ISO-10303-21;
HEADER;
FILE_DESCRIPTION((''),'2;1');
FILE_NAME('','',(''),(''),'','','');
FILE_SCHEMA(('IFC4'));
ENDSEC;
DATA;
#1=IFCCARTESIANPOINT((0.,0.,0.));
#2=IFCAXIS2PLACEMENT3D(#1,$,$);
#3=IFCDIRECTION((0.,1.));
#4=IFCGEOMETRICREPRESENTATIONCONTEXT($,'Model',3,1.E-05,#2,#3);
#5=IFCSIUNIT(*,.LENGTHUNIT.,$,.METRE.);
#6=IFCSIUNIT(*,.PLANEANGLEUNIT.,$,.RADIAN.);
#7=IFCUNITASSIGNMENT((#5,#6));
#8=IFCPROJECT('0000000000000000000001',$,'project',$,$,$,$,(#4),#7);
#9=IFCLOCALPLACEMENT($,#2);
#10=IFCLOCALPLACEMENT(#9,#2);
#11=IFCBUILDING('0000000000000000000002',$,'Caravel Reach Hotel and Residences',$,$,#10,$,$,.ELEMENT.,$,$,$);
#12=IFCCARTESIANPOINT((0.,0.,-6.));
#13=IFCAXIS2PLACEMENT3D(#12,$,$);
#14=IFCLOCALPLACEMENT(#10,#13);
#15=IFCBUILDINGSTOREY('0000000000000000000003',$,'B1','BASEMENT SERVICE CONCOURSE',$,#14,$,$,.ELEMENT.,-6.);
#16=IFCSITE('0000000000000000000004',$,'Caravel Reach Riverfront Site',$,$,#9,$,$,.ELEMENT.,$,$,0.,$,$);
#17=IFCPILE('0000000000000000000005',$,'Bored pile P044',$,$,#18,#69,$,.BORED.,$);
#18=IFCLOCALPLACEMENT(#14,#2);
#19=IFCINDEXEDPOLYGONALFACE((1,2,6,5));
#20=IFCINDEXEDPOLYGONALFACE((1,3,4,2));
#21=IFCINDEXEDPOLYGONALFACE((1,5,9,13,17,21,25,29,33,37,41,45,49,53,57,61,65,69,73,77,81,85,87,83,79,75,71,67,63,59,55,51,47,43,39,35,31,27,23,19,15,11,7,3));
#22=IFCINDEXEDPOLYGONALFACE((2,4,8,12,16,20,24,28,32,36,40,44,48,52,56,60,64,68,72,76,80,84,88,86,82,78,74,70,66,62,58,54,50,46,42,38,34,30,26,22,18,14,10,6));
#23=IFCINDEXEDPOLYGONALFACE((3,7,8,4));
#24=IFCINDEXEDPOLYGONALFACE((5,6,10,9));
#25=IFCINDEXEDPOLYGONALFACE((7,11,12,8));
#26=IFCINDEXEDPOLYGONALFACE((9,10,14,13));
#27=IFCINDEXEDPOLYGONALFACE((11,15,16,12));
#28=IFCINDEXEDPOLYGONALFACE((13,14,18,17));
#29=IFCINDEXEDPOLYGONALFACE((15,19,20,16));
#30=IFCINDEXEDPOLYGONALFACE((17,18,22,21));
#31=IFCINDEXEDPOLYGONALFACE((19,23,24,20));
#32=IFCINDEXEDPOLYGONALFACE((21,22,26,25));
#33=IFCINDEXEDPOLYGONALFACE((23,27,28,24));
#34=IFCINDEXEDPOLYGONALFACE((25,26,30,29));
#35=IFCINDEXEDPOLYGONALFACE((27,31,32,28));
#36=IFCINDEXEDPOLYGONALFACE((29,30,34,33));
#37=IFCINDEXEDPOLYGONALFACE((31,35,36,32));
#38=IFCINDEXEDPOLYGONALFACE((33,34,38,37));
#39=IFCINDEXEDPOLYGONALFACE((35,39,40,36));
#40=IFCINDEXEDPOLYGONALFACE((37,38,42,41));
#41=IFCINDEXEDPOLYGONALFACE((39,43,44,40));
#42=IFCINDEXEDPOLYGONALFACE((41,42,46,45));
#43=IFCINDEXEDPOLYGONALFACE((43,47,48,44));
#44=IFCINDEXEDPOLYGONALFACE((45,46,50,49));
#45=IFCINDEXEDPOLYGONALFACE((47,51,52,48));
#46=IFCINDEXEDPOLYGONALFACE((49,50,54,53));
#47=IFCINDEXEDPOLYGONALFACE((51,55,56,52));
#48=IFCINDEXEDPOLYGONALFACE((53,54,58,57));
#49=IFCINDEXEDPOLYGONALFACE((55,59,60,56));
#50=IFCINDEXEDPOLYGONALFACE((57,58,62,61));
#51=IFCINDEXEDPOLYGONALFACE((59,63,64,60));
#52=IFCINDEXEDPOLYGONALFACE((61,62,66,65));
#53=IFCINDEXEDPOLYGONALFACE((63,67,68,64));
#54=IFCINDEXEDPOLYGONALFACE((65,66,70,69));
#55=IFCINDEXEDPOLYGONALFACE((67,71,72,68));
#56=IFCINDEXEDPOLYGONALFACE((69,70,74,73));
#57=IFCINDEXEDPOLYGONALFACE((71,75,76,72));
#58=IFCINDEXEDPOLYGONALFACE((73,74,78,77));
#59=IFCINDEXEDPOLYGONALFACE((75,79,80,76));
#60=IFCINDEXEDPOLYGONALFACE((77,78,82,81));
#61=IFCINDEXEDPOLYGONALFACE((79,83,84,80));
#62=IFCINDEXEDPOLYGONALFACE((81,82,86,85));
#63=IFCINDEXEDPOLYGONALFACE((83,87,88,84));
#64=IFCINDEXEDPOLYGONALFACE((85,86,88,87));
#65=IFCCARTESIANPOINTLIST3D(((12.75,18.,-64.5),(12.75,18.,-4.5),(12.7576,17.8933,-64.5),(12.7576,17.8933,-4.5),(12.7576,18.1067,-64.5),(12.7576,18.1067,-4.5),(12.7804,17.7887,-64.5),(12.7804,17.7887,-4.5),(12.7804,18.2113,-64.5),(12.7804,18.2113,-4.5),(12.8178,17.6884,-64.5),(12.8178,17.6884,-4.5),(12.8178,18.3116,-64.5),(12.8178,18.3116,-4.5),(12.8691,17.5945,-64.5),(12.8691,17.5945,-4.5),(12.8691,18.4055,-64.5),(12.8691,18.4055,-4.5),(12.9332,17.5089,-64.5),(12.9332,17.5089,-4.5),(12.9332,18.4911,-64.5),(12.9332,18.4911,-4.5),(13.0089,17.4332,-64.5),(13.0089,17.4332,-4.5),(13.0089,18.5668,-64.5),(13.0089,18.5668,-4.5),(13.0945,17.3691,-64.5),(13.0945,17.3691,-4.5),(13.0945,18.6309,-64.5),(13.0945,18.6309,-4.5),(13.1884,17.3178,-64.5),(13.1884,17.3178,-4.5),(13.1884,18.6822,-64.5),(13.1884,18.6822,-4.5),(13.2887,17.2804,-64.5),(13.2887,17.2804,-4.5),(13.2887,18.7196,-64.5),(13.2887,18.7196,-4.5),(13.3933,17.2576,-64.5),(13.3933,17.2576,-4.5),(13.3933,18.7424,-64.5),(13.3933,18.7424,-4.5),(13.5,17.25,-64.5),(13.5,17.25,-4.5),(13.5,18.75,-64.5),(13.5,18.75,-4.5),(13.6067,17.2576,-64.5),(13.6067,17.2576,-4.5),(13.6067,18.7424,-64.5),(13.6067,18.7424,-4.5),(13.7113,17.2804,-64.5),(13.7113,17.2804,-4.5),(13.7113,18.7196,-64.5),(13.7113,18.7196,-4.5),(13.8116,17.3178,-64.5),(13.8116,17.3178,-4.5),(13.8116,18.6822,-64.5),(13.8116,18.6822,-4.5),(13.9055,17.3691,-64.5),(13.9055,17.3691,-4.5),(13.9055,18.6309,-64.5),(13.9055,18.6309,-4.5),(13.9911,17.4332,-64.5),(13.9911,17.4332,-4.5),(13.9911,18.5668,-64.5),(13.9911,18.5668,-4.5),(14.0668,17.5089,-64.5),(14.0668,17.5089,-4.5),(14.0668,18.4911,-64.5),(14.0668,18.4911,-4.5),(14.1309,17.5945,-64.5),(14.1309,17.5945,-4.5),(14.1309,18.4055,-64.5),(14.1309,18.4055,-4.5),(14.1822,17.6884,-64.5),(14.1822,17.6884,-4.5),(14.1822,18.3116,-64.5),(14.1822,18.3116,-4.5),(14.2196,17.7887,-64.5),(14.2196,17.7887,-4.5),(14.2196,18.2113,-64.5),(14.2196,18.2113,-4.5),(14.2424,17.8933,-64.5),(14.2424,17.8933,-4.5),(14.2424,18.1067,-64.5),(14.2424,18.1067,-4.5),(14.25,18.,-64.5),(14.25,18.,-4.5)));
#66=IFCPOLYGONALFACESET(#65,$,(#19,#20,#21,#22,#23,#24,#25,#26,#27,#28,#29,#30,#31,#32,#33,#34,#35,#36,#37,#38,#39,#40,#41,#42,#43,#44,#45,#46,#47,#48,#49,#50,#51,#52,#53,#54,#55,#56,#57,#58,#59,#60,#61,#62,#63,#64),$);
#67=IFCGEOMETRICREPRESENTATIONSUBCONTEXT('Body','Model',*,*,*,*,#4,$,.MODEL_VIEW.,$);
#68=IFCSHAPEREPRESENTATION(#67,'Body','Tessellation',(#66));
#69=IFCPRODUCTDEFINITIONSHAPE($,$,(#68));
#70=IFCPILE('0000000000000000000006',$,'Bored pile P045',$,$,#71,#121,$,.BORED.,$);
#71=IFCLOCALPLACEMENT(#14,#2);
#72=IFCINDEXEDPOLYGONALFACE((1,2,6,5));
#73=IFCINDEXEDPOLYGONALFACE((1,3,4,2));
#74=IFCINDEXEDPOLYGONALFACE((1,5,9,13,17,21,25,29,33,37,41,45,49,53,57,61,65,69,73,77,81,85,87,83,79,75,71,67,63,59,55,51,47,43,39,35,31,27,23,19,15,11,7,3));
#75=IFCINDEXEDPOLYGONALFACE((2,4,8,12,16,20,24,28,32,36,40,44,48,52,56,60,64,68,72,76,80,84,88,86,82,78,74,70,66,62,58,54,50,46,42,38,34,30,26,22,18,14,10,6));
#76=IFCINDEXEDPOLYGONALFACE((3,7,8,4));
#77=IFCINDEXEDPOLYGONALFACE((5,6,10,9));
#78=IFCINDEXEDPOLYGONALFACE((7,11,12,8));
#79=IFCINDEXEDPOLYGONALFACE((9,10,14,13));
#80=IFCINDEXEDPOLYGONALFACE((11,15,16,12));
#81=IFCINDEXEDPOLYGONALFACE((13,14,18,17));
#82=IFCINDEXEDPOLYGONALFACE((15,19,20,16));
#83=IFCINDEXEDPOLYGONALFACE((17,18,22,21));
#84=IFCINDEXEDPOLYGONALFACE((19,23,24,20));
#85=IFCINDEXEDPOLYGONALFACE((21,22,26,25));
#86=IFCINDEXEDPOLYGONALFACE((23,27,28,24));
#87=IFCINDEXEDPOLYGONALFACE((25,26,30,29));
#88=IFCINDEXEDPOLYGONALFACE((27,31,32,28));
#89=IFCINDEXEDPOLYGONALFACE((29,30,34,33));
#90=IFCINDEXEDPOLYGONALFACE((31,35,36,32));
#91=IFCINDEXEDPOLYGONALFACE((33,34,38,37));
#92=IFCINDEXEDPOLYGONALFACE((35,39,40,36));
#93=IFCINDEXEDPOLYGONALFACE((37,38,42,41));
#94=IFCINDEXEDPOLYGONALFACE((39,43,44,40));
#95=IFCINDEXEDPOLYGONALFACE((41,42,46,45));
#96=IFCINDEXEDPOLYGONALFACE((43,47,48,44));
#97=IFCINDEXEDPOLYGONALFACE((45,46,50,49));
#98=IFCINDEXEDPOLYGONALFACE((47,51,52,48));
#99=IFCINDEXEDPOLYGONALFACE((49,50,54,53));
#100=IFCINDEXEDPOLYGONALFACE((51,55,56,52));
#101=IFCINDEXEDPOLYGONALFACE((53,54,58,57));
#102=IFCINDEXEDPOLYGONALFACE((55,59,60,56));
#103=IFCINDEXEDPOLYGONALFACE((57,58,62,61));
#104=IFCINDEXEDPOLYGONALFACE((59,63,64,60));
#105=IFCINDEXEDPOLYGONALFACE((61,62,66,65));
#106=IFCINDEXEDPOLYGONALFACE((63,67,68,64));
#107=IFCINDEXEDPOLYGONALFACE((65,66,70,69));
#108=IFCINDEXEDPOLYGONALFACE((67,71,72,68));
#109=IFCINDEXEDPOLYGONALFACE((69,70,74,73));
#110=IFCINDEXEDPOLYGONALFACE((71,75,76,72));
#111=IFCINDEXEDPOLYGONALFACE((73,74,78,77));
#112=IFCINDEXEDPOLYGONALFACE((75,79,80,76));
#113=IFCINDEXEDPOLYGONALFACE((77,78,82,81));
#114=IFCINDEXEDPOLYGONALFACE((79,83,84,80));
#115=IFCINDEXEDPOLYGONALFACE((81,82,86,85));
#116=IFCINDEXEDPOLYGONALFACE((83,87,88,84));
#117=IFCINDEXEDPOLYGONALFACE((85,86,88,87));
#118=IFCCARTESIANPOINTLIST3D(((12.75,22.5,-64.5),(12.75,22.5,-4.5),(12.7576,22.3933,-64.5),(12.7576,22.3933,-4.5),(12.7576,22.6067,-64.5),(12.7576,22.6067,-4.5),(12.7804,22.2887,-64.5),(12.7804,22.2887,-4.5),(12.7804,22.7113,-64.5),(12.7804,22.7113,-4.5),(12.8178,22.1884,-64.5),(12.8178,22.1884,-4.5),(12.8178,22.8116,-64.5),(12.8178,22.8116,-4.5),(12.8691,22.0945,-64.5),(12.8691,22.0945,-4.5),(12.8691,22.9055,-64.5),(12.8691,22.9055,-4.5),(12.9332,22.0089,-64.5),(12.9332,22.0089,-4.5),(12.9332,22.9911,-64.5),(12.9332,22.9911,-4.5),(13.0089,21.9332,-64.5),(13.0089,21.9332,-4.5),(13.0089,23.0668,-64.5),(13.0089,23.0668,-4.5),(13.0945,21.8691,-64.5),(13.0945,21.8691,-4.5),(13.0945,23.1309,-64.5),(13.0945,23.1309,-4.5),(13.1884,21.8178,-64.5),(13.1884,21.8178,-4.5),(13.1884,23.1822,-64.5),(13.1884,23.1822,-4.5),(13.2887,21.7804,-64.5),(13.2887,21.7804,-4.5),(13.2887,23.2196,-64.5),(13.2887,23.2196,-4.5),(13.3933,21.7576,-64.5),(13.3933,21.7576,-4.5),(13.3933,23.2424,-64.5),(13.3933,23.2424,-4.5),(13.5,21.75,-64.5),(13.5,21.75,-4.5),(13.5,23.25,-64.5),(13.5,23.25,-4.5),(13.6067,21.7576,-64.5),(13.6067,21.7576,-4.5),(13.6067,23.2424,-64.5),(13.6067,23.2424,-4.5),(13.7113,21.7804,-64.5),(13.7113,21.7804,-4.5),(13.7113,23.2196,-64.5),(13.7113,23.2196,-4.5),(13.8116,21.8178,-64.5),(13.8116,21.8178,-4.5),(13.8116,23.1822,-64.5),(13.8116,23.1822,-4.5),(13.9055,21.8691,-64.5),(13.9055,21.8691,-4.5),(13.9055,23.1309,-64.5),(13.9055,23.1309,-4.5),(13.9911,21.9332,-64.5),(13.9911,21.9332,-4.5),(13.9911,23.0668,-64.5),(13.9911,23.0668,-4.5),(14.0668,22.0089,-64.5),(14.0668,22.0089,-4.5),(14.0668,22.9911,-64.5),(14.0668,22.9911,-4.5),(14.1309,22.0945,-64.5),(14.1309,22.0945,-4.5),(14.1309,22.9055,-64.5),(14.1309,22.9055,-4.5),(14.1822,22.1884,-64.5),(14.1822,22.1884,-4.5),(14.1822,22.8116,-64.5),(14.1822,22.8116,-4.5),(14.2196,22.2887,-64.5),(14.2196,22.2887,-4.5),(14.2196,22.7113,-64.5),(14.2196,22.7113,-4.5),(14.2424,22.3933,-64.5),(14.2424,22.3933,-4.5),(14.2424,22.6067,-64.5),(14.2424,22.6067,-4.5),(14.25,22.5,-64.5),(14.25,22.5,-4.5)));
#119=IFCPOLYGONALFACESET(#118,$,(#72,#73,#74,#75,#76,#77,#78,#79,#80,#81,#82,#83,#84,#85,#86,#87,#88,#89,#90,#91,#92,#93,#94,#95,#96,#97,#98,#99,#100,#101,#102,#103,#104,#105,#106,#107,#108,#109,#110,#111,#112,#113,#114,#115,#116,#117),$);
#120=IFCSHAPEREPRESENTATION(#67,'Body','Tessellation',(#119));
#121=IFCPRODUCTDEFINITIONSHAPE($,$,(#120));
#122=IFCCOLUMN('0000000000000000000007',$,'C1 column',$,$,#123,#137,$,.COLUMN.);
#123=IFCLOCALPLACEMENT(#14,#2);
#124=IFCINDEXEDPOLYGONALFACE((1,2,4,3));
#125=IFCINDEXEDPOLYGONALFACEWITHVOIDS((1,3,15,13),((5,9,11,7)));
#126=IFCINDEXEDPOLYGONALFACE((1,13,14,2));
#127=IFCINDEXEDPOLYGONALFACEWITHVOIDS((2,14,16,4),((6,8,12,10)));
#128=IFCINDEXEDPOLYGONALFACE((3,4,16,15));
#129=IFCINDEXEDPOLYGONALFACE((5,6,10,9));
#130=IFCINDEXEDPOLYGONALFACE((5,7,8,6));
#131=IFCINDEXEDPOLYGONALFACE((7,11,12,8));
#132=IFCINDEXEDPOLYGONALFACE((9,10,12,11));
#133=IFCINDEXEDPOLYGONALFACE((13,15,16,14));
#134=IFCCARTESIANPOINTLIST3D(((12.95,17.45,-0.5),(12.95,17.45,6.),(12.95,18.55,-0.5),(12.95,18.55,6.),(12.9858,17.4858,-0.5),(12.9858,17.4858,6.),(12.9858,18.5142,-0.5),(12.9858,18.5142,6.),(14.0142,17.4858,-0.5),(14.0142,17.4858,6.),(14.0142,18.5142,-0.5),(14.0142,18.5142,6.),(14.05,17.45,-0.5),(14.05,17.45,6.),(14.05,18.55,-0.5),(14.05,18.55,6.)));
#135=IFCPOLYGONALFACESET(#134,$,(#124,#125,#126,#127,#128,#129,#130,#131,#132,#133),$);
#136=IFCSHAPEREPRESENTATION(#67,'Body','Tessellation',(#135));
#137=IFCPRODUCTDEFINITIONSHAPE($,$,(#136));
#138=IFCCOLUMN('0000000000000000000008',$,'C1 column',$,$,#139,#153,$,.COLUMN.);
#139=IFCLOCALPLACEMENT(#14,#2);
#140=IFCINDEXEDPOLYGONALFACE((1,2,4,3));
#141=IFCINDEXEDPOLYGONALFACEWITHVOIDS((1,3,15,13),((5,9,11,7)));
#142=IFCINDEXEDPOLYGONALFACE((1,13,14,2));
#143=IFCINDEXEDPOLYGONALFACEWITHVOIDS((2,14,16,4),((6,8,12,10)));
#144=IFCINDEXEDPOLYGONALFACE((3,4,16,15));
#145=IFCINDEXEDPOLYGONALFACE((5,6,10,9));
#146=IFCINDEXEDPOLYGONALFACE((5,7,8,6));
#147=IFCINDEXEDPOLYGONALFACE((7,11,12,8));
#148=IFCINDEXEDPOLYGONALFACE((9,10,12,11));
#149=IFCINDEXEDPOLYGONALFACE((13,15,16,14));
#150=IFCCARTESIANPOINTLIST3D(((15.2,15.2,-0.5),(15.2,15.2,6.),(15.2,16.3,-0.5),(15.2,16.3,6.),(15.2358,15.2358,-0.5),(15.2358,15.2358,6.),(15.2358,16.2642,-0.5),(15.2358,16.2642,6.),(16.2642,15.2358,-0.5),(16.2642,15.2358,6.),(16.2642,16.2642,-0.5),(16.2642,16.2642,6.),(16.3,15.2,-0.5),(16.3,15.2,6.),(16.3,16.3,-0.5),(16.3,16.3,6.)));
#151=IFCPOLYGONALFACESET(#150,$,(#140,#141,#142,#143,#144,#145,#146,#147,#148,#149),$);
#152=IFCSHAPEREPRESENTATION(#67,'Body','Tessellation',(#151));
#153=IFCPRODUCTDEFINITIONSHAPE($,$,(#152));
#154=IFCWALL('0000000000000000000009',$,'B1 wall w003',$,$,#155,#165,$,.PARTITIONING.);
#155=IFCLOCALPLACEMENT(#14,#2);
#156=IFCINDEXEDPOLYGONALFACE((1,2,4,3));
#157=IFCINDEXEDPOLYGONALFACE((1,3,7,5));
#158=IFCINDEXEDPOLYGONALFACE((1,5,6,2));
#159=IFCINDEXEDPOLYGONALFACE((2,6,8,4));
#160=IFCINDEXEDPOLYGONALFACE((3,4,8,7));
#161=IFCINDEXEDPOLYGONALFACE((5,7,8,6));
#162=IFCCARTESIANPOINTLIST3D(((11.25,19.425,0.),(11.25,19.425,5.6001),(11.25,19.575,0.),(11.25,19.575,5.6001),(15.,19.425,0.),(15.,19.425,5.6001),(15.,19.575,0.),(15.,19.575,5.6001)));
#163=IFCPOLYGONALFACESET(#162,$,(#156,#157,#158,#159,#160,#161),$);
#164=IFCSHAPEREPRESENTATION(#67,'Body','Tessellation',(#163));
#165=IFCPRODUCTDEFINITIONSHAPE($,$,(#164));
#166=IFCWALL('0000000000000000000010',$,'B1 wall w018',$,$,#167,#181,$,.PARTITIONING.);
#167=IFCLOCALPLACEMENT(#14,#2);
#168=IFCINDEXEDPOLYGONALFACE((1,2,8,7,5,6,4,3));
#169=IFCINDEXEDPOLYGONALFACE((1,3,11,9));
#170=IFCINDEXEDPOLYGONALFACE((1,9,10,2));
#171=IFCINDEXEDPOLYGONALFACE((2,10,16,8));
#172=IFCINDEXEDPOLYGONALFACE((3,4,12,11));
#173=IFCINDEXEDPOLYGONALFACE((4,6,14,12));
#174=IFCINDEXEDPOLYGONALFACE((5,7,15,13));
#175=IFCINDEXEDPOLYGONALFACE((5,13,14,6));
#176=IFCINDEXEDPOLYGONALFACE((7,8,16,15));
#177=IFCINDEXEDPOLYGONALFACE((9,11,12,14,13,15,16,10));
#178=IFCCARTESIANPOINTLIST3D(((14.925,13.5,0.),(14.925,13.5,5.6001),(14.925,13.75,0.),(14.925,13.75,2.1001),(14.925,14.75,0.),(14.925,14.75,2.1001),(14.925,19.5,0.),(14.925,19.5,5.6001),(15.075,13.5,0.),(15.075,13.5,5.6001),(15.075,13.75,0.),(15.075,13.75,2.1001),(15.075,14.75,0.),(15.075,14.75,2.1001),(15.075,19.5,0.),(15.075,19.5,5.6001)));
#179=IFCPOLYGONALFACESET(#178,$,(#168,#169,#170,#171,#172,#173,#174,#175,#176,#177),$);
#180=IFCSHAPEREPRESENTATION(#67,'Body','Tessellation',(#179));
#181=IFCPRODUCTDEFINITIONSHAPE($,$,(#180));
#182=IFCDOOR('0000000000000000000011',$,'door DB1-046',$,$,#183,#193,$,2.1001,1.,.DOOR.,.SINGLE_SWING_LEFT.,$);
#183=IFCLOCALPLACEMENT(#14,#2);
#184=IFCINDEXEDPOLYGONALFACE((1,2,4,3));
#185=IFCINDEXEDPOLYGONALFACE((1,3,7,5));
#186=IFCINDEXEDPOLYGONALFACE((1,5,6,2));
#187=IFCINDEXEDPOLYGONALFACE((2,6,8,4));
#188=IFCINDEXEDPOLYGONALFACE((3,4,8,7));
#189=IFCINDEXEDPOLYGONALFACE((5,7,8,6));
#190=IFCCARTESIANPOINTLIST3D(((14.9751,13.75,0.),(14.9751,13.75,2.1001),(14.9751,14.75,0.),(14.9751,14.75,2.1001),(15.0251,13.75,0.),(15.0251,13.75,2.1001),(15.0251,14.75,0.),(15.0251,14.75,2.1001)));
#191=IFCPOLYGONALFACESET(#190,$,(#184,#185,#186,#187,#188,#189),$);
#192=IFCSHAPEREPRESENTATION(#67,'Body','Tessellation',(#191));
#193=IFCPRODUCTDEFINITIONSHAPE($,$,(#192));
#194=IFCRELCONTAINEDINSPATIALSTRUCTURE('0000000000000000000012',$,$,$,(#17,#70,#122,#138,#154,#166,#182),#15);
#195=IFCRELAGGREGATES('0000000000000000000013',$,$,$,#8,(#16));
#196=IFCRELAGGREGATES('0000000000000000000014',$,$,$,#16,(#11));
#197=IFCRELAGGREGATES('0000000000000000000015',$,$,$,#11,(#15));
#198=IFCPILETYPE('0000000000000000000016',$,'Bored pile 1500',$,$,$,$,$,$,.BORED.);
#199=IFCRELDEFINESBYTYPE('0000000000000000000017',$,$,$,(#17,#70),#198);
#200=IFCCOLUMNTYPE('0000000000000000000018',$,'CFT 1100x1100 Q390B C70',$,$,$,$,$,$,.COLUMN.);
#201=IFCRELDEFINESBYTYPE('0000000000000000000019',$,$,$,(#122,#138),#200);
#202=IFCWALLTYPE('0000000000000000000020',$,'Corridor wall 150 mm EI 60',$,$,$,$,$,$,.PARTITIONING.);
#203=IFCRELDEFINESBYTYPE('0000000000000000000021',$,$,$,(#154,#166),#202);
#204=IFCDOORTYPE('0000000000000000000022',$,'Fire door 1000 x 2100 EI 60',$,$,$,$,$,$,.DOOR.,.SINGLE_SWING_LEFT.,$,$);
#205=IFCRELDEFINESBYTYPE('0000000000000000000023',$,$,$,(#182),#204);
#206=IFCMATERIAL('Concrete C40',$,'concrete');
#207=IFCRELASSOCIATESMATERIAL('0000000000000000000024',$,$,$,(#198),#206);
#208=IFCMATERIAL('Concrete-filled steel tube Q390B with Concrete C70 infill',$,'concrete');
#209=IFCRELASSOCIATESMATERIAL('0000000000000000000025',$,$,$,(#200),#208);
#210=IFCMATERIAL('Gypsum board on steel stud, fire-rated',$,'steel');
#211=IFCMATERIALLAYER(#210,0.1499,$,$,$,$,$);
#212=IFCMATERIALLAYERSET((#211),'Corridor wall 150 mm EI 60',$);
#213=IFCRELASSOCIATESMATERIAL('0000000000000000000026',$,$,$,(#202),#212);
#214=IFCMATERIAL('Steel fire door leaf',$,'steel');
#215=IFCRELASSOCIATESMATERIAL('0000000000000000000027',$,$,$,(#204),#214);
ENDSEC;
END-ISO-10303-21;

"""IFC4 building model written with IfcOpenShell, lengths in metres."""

from ifc_helpers import new_model, si_unit, direction, frame, frame_2d, origin, origin_2d, place, context, subcontext, project, spatial, rectangle, hollow_rectangle, circle, extrude, material, layer, layer_set, material_profile, profile_set, type_object, element, fill, save


model = new_model("IFC4")

# Units and contexts
model_context = context("Model", 3, precision=1e-05, world=origin(), true_north=direction((0.0, 1.0)))
body_context = subcontext(model_context, "Body", "Model", "MODEL_VIEW")
ifc_project = project(units=[si_unit("LENGTHUNIT", "METRE"), si_unit("PLANEANGLEUNIT", "RADIAN")], contexts=[model_context])

# Site, building, storey
site_placement = place(None, origin())
site = spatial("IfcSite", under=ifc_project, at=site_placement, Name="Caravel Reach Riverfront Site", CompositionType="ELEMENT", RefElevation=0.0)
building_placement = place(site_placement, origin())
building = spatial("IfcBuilding", under=site, at=building_placement, Name="Caravel Reach Hotel and Residences", CompositionType="ELEMENT")
storey_placement = place(building_placement, frame((0.0, 0.0, -6.0)))
storey = spatial("IfcBuildingStorey", under=building, at=storey_placement, Name="B1", Description="BASEMENT SERVICE CONCOURSE", CompositionType="ELEMENT", Elevation=-6.0)

# Piles
ifc_material_1 = material(Name="Concrete C40", Category="concrete")
ifc_material_profile_1 = material_profile(ifc_material_1, circle(Radius=0.75, at=origin_2d()), Name="PILE 1500")
ifc_profile_set_1 = profile_set([ifc_material_profile_1], Name="Concrete C40")
pile_type = type_object("IfcPileType", Name="Bored pile 1500", PredefinedType="BORED", material=ifc_profile_set_1)
for number, where, z_axis, x_axis, name in (
    (1, (13.5, 18.0, -4.5), (0.0, 0.0, -1.0), (1.0, 0.0, 0.0), "Bored pile P044"),
    (2, (13.5, 22.5, -4.5), (0.0, 0.0, -1.0), (1.0, 0.0, 0.0), "Bored pile P045"),
):
    element("IfcPile", number, at=place(storey_placement, frame(where, z_axis=z_axis, x_axis=x_axis)), inside=storey, type_object=pile_type, Name=name, PredefinedType="BORED", context=body_context, shape_type="SweptSolid", body=[
        extrude(circle(Radius=0.75, at=origin_2d()), origin(), (0.0, 0.0, 1.0), 60.0),
    ])

# Columns
ifc_material_2 = material(Name="Concrete-filled steel tube Q390B with Concrete C70 infill", Category="concrete")
ifc_material_profile_2 = material_profile(ifc_material_2, hollow_rectangle(XDim=1.1001, YDim=1.1001, WallThickness=0.0359, at=origin_2d()), Name="RHS 1100x1100x36")
ifc_profile_set_2 = profile_set([ifc_material_profile_2], Name="Concrete-filled steel tube Q390B with Concrete C70 infill")
column_type = type_object("IfcColumnType", Name="CFT 1100x1100 Q390B C70", PredefinedType="COLUMN", material=ifc_profile_set_2)
for number, where, z_axis, x_axis, name in (
    (3, (13.5, 18.0, -0.5), (0.0, 0.0, 1.0), (1.0, 0.0, 0.0), "C1 column"),
    (4, (15.75, 15.75, -0.5), (0.0, 0.0, 1.0), (1.0, 0.0, 0.0), "C1 column"),
):
    element("IfcColumn", number, at=place(storey_placement, frame(where, z_axis=z_axis, x_axis=x_axis)), inside=storey, type_object=column_type, Name=name, PredefinedType="COLUMN", context=body_context, shape_type="SweptSolid", body=[
        extrude(hollow_rectangle(XDim=1.1001, YDim=1.1001, WallThickness=0.0359, at=origin_2d()), origin(), (0.0, 0.0, 1.0), 6.5),
    ])

# Wall
ifc_material_3 = material(Name="Gypsum board on steel stud, fire-rated", Category="steel")
ifc_layer_1 = layer(ifc_material_3, 0.1499)
ifc_layer_set_1 = layer_set([ifc_layer_1], Name="Corridor wall 150 mm EI 60")
wall_type_1 = type_object("IfcWallType", Name="Corridor wall 150 mm EI 60", PredefinedType="PARTITIONING", material=ifc_layer_set_1)
wall_1_placement = place(storey_placement, frame((11.25, 19.5, 0.0), z_axis=(0.0, 0.0, 1.0), x_axis=(1.0, 0.0, 0.0)))
element("IfcWall", 5, at=wall_1_placement, inside=storey, type_object=wall_type_1, Name="B1 wall w003", PredefinedType="PARTITIONING", context=body_context, shape_type="SweptSolid", body=[
    extrude(rectangle(XDim=3.75, YDim=0.1499, at=frame_2d((1.875, 0.0))), origin(), (0.0, 0.0, 1.0), 5.6001),
])

# Wall, opening, door
wall_2_placement = place(storey_placement, frame((15.0, 13.5, 0.0), z_axis=(0.0, 0.0, 1.0), x_axis=(0.0, 1.0, 0.0)))
wall_2 = element("IfcWall", 6, at=wall_2_placement, inside=storey, type_object=wall_type_1, Name="B1 wall w018", PredefinedType="PARTITIONING", context=body_context, shape_type="SweptSolid", body=[
    extrude(rectangle(XDim=6.0, YDim=0.1499, at=frame_2d((3.0, 0.0))), origin(), (0.0, 0.0, 1.0), 5.6001),
])
opening_placement = place(wall_2_placement, frame((0.25, 0.0, 0.0)))
opening = element("IfcOpeningElement", 7, at=opening_placement, cuts=wall_2, PredefinedType="OPENING", context=body_context, shape_type="SweptSolid", body=[
    extrude(rectangle(XDim=1.0, YDim=2.1001, at=frame_2d((0.5, 1.05))), frame((0.0, 0.085, 0.0), z_axis=(0.0, -1.0, 0.0), x_axis=(1.0, 0.0, 0.0)), (0.0, 0.0, 1.0), 0.1699),
])
ifc_material_4 = material(Name="Steel fire door leaf", Category="steel")
door_type = type_object("IfcDoorType", Name="Fire door 1000 x 2100 EI 60", OperationType="SINGLE_SWING_LEFT", PredefinedType="DOOR", material=ifc_material_4)
door_placement = place(opening_placement, origin())
door = element("IfcDoor", 8, at=door_placement, inside=storey, type_object=door_type, Name="door DB1-046", OperationType="SINGLE_SWING_LEFT", OverallHeight=2.1001, OverallWidth=1.0, PredefinedType="DOOR", context=body_context, shape_type="SweptSolid", body=[
    extrude(rectangle(XDim=1.0, YDim=2.1001, at=frame_2d((0.5, 1.05))), frame((0.0, 0.0249, 0.0), z_axis=(0.0, -1.0, 0.0), x_axis=(1.0, 0.0, 0.0)), (0.0, 0.0, 1.0), 0.05),
])
fill(opening, door)

save(model, "model.ifc")
